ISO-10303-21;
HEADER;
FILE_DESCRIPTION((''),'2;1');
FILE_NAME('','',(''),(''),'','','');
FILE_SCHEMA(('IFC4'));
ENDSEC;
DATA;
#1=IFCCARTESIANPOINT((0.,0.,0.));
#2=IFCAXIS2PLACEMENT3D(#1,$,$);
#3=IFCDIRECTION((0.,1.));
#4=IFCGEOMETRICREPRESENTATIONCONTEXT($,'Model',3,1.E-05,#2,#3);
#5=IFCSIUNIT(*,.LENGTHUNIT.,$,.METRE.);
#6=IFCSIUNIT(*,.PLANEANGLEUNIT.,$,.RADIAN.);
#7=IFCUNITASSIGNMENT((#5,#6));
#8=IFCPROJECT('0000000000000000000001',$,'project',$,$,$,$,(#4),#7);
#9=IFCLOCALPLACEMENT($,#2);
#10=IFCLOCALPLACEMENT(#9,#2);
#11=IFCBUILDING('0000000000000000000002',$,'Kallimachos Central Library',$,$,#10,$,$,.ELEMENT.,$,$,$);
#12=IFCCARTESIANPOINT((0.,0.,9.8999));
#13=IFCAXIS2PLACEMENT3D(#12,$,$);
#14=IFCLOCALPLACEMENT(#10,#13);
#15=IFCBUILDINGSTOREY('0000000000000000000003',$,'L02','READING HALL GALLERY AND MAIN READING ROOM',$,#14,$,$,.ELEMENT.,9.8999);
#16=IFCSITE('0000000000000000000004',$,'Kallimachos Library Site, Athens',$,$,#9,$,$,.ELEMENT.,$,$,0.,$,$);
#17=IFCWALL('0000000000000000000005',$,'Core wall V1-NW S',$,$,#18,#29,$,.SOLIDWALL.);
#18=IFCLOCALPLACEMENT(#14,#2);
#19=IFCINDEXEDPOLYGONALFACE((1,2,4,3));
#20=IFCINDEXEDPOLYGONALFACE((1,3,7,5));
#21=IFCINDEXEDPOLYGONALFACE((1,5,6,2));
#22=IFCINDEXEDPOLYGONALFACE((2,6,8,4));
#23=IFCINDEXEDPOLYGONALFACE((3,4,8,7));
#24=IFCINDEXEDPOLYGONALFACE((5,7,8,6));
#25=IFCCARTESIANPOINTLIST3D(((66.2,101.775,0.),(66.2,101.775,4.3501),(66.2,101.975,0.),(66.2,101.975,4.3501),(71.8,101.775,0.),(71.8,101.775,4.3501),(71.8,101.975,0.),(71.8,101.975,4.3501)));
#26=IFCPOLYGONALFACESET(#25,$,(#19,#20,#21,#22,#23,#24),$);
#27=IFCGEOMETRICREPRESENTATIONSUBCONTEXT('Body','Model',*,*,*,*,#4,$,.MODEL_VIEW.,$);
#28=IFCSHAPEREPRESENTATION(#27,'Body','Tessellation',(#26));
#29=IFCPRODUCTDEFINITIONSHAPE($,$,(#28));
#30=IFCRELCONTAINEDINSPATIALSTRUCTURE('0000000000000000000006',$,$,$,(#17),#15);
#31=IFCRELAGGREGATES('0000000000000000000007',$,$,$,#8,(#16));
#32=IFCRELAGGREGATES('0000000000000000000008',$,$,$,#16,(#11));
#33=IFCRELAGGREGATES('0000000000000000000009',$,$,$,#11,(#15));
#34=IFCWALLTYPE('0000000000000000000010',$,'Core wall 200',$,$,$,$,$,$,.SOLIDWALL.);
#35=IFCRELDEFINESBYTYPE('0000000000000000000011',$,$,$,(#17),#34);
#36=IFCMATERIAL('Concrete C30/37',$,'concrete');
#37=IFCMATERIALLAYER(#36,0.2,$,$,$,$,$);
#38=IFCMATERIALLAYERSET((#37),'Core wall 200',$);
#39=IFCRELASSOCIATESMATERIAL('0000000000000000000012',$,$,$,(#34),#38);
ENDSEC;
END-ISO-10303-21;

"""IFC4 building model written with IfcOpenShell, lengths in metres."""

from ifc_helpers import new_model, si_unit, direction, frame, frame_2d, origin, place, context, subcontext, project, spatial, rectangle, extrude, material, layer, layer_set, type_object, element, save


model = new_model("IFC4")

# Units and contexts
model_context = context("Model", 3, precision=1e-05, world=origin(), true_north=direction((0.0, 1.0)))
body_context = subcontext(model_context, "Body", "Model", "MODEL_VIEW")
ifc_project = project(units=[si_unit("LENGTHUNIT", "METRE"), si_unit("PLANEANGLEUNIT", "RADIAN")], contexts=[model_context])

# Site, building, storey
site_placement = place(None, origin())
site = spatial("IfcSite", under=ifc_project, at=site_placement, Name="Kallimachos Library Site, Athens", CompositionType="ELEMENT", RefElevation=0.0)
building_placement = place(site_placement, origin())
building = spatial("IfcBuilding", under=site, at=building_placement, Name="Kallimachos Central Library", CompositionType="ELEMENT")
storey_placement = place(building_placement, frame((0.0, 0.0, 9.8999)))
storey = spatial("IfcBuildingStorey", under=building, at=storey_placement, Name="L02", Description="READING HALL GALLERY AND MAIN READING ROOM", CompositionType="ELEMENT", Elevation=9.8999)

# Wall
ifc_material_1 = material(Name="Concrete C30/37", Category="concrete")
ifc_layer_1 = layer(ifc_material_1, 0.2)
ifc_layer_set_1 = layer_set([ifc_layer_1], Name="Core wall 200")
wall_type = type_object("IfcWallType", Name="Core wall 200", PredefinedType="SOLIDWALL", material=ifc_layer_set_1)
wall_1_placement = place(storey_placement, frame((66.2, 101.875, 0.0), z_axis=(0.0, 0.0, 1.0), x_axis=(1.0, 0.0, 0.0)))
element("IfcWall", 1, at=wall_1_placement, inside=storey, type_object=wall_type, Name="Core wall V1-NW S", PredefinedType="SOLIDWALL", context=body_context, shape_type="SweptSolid", body=[
    extrude(rectangle(XDim=5.6001, YDim=0.2, at=frame_2d((2.8, 0.0))), origin(), (0.0, 0.0, 1.0), 4.3501),
])

save(model, "model.ifc")
